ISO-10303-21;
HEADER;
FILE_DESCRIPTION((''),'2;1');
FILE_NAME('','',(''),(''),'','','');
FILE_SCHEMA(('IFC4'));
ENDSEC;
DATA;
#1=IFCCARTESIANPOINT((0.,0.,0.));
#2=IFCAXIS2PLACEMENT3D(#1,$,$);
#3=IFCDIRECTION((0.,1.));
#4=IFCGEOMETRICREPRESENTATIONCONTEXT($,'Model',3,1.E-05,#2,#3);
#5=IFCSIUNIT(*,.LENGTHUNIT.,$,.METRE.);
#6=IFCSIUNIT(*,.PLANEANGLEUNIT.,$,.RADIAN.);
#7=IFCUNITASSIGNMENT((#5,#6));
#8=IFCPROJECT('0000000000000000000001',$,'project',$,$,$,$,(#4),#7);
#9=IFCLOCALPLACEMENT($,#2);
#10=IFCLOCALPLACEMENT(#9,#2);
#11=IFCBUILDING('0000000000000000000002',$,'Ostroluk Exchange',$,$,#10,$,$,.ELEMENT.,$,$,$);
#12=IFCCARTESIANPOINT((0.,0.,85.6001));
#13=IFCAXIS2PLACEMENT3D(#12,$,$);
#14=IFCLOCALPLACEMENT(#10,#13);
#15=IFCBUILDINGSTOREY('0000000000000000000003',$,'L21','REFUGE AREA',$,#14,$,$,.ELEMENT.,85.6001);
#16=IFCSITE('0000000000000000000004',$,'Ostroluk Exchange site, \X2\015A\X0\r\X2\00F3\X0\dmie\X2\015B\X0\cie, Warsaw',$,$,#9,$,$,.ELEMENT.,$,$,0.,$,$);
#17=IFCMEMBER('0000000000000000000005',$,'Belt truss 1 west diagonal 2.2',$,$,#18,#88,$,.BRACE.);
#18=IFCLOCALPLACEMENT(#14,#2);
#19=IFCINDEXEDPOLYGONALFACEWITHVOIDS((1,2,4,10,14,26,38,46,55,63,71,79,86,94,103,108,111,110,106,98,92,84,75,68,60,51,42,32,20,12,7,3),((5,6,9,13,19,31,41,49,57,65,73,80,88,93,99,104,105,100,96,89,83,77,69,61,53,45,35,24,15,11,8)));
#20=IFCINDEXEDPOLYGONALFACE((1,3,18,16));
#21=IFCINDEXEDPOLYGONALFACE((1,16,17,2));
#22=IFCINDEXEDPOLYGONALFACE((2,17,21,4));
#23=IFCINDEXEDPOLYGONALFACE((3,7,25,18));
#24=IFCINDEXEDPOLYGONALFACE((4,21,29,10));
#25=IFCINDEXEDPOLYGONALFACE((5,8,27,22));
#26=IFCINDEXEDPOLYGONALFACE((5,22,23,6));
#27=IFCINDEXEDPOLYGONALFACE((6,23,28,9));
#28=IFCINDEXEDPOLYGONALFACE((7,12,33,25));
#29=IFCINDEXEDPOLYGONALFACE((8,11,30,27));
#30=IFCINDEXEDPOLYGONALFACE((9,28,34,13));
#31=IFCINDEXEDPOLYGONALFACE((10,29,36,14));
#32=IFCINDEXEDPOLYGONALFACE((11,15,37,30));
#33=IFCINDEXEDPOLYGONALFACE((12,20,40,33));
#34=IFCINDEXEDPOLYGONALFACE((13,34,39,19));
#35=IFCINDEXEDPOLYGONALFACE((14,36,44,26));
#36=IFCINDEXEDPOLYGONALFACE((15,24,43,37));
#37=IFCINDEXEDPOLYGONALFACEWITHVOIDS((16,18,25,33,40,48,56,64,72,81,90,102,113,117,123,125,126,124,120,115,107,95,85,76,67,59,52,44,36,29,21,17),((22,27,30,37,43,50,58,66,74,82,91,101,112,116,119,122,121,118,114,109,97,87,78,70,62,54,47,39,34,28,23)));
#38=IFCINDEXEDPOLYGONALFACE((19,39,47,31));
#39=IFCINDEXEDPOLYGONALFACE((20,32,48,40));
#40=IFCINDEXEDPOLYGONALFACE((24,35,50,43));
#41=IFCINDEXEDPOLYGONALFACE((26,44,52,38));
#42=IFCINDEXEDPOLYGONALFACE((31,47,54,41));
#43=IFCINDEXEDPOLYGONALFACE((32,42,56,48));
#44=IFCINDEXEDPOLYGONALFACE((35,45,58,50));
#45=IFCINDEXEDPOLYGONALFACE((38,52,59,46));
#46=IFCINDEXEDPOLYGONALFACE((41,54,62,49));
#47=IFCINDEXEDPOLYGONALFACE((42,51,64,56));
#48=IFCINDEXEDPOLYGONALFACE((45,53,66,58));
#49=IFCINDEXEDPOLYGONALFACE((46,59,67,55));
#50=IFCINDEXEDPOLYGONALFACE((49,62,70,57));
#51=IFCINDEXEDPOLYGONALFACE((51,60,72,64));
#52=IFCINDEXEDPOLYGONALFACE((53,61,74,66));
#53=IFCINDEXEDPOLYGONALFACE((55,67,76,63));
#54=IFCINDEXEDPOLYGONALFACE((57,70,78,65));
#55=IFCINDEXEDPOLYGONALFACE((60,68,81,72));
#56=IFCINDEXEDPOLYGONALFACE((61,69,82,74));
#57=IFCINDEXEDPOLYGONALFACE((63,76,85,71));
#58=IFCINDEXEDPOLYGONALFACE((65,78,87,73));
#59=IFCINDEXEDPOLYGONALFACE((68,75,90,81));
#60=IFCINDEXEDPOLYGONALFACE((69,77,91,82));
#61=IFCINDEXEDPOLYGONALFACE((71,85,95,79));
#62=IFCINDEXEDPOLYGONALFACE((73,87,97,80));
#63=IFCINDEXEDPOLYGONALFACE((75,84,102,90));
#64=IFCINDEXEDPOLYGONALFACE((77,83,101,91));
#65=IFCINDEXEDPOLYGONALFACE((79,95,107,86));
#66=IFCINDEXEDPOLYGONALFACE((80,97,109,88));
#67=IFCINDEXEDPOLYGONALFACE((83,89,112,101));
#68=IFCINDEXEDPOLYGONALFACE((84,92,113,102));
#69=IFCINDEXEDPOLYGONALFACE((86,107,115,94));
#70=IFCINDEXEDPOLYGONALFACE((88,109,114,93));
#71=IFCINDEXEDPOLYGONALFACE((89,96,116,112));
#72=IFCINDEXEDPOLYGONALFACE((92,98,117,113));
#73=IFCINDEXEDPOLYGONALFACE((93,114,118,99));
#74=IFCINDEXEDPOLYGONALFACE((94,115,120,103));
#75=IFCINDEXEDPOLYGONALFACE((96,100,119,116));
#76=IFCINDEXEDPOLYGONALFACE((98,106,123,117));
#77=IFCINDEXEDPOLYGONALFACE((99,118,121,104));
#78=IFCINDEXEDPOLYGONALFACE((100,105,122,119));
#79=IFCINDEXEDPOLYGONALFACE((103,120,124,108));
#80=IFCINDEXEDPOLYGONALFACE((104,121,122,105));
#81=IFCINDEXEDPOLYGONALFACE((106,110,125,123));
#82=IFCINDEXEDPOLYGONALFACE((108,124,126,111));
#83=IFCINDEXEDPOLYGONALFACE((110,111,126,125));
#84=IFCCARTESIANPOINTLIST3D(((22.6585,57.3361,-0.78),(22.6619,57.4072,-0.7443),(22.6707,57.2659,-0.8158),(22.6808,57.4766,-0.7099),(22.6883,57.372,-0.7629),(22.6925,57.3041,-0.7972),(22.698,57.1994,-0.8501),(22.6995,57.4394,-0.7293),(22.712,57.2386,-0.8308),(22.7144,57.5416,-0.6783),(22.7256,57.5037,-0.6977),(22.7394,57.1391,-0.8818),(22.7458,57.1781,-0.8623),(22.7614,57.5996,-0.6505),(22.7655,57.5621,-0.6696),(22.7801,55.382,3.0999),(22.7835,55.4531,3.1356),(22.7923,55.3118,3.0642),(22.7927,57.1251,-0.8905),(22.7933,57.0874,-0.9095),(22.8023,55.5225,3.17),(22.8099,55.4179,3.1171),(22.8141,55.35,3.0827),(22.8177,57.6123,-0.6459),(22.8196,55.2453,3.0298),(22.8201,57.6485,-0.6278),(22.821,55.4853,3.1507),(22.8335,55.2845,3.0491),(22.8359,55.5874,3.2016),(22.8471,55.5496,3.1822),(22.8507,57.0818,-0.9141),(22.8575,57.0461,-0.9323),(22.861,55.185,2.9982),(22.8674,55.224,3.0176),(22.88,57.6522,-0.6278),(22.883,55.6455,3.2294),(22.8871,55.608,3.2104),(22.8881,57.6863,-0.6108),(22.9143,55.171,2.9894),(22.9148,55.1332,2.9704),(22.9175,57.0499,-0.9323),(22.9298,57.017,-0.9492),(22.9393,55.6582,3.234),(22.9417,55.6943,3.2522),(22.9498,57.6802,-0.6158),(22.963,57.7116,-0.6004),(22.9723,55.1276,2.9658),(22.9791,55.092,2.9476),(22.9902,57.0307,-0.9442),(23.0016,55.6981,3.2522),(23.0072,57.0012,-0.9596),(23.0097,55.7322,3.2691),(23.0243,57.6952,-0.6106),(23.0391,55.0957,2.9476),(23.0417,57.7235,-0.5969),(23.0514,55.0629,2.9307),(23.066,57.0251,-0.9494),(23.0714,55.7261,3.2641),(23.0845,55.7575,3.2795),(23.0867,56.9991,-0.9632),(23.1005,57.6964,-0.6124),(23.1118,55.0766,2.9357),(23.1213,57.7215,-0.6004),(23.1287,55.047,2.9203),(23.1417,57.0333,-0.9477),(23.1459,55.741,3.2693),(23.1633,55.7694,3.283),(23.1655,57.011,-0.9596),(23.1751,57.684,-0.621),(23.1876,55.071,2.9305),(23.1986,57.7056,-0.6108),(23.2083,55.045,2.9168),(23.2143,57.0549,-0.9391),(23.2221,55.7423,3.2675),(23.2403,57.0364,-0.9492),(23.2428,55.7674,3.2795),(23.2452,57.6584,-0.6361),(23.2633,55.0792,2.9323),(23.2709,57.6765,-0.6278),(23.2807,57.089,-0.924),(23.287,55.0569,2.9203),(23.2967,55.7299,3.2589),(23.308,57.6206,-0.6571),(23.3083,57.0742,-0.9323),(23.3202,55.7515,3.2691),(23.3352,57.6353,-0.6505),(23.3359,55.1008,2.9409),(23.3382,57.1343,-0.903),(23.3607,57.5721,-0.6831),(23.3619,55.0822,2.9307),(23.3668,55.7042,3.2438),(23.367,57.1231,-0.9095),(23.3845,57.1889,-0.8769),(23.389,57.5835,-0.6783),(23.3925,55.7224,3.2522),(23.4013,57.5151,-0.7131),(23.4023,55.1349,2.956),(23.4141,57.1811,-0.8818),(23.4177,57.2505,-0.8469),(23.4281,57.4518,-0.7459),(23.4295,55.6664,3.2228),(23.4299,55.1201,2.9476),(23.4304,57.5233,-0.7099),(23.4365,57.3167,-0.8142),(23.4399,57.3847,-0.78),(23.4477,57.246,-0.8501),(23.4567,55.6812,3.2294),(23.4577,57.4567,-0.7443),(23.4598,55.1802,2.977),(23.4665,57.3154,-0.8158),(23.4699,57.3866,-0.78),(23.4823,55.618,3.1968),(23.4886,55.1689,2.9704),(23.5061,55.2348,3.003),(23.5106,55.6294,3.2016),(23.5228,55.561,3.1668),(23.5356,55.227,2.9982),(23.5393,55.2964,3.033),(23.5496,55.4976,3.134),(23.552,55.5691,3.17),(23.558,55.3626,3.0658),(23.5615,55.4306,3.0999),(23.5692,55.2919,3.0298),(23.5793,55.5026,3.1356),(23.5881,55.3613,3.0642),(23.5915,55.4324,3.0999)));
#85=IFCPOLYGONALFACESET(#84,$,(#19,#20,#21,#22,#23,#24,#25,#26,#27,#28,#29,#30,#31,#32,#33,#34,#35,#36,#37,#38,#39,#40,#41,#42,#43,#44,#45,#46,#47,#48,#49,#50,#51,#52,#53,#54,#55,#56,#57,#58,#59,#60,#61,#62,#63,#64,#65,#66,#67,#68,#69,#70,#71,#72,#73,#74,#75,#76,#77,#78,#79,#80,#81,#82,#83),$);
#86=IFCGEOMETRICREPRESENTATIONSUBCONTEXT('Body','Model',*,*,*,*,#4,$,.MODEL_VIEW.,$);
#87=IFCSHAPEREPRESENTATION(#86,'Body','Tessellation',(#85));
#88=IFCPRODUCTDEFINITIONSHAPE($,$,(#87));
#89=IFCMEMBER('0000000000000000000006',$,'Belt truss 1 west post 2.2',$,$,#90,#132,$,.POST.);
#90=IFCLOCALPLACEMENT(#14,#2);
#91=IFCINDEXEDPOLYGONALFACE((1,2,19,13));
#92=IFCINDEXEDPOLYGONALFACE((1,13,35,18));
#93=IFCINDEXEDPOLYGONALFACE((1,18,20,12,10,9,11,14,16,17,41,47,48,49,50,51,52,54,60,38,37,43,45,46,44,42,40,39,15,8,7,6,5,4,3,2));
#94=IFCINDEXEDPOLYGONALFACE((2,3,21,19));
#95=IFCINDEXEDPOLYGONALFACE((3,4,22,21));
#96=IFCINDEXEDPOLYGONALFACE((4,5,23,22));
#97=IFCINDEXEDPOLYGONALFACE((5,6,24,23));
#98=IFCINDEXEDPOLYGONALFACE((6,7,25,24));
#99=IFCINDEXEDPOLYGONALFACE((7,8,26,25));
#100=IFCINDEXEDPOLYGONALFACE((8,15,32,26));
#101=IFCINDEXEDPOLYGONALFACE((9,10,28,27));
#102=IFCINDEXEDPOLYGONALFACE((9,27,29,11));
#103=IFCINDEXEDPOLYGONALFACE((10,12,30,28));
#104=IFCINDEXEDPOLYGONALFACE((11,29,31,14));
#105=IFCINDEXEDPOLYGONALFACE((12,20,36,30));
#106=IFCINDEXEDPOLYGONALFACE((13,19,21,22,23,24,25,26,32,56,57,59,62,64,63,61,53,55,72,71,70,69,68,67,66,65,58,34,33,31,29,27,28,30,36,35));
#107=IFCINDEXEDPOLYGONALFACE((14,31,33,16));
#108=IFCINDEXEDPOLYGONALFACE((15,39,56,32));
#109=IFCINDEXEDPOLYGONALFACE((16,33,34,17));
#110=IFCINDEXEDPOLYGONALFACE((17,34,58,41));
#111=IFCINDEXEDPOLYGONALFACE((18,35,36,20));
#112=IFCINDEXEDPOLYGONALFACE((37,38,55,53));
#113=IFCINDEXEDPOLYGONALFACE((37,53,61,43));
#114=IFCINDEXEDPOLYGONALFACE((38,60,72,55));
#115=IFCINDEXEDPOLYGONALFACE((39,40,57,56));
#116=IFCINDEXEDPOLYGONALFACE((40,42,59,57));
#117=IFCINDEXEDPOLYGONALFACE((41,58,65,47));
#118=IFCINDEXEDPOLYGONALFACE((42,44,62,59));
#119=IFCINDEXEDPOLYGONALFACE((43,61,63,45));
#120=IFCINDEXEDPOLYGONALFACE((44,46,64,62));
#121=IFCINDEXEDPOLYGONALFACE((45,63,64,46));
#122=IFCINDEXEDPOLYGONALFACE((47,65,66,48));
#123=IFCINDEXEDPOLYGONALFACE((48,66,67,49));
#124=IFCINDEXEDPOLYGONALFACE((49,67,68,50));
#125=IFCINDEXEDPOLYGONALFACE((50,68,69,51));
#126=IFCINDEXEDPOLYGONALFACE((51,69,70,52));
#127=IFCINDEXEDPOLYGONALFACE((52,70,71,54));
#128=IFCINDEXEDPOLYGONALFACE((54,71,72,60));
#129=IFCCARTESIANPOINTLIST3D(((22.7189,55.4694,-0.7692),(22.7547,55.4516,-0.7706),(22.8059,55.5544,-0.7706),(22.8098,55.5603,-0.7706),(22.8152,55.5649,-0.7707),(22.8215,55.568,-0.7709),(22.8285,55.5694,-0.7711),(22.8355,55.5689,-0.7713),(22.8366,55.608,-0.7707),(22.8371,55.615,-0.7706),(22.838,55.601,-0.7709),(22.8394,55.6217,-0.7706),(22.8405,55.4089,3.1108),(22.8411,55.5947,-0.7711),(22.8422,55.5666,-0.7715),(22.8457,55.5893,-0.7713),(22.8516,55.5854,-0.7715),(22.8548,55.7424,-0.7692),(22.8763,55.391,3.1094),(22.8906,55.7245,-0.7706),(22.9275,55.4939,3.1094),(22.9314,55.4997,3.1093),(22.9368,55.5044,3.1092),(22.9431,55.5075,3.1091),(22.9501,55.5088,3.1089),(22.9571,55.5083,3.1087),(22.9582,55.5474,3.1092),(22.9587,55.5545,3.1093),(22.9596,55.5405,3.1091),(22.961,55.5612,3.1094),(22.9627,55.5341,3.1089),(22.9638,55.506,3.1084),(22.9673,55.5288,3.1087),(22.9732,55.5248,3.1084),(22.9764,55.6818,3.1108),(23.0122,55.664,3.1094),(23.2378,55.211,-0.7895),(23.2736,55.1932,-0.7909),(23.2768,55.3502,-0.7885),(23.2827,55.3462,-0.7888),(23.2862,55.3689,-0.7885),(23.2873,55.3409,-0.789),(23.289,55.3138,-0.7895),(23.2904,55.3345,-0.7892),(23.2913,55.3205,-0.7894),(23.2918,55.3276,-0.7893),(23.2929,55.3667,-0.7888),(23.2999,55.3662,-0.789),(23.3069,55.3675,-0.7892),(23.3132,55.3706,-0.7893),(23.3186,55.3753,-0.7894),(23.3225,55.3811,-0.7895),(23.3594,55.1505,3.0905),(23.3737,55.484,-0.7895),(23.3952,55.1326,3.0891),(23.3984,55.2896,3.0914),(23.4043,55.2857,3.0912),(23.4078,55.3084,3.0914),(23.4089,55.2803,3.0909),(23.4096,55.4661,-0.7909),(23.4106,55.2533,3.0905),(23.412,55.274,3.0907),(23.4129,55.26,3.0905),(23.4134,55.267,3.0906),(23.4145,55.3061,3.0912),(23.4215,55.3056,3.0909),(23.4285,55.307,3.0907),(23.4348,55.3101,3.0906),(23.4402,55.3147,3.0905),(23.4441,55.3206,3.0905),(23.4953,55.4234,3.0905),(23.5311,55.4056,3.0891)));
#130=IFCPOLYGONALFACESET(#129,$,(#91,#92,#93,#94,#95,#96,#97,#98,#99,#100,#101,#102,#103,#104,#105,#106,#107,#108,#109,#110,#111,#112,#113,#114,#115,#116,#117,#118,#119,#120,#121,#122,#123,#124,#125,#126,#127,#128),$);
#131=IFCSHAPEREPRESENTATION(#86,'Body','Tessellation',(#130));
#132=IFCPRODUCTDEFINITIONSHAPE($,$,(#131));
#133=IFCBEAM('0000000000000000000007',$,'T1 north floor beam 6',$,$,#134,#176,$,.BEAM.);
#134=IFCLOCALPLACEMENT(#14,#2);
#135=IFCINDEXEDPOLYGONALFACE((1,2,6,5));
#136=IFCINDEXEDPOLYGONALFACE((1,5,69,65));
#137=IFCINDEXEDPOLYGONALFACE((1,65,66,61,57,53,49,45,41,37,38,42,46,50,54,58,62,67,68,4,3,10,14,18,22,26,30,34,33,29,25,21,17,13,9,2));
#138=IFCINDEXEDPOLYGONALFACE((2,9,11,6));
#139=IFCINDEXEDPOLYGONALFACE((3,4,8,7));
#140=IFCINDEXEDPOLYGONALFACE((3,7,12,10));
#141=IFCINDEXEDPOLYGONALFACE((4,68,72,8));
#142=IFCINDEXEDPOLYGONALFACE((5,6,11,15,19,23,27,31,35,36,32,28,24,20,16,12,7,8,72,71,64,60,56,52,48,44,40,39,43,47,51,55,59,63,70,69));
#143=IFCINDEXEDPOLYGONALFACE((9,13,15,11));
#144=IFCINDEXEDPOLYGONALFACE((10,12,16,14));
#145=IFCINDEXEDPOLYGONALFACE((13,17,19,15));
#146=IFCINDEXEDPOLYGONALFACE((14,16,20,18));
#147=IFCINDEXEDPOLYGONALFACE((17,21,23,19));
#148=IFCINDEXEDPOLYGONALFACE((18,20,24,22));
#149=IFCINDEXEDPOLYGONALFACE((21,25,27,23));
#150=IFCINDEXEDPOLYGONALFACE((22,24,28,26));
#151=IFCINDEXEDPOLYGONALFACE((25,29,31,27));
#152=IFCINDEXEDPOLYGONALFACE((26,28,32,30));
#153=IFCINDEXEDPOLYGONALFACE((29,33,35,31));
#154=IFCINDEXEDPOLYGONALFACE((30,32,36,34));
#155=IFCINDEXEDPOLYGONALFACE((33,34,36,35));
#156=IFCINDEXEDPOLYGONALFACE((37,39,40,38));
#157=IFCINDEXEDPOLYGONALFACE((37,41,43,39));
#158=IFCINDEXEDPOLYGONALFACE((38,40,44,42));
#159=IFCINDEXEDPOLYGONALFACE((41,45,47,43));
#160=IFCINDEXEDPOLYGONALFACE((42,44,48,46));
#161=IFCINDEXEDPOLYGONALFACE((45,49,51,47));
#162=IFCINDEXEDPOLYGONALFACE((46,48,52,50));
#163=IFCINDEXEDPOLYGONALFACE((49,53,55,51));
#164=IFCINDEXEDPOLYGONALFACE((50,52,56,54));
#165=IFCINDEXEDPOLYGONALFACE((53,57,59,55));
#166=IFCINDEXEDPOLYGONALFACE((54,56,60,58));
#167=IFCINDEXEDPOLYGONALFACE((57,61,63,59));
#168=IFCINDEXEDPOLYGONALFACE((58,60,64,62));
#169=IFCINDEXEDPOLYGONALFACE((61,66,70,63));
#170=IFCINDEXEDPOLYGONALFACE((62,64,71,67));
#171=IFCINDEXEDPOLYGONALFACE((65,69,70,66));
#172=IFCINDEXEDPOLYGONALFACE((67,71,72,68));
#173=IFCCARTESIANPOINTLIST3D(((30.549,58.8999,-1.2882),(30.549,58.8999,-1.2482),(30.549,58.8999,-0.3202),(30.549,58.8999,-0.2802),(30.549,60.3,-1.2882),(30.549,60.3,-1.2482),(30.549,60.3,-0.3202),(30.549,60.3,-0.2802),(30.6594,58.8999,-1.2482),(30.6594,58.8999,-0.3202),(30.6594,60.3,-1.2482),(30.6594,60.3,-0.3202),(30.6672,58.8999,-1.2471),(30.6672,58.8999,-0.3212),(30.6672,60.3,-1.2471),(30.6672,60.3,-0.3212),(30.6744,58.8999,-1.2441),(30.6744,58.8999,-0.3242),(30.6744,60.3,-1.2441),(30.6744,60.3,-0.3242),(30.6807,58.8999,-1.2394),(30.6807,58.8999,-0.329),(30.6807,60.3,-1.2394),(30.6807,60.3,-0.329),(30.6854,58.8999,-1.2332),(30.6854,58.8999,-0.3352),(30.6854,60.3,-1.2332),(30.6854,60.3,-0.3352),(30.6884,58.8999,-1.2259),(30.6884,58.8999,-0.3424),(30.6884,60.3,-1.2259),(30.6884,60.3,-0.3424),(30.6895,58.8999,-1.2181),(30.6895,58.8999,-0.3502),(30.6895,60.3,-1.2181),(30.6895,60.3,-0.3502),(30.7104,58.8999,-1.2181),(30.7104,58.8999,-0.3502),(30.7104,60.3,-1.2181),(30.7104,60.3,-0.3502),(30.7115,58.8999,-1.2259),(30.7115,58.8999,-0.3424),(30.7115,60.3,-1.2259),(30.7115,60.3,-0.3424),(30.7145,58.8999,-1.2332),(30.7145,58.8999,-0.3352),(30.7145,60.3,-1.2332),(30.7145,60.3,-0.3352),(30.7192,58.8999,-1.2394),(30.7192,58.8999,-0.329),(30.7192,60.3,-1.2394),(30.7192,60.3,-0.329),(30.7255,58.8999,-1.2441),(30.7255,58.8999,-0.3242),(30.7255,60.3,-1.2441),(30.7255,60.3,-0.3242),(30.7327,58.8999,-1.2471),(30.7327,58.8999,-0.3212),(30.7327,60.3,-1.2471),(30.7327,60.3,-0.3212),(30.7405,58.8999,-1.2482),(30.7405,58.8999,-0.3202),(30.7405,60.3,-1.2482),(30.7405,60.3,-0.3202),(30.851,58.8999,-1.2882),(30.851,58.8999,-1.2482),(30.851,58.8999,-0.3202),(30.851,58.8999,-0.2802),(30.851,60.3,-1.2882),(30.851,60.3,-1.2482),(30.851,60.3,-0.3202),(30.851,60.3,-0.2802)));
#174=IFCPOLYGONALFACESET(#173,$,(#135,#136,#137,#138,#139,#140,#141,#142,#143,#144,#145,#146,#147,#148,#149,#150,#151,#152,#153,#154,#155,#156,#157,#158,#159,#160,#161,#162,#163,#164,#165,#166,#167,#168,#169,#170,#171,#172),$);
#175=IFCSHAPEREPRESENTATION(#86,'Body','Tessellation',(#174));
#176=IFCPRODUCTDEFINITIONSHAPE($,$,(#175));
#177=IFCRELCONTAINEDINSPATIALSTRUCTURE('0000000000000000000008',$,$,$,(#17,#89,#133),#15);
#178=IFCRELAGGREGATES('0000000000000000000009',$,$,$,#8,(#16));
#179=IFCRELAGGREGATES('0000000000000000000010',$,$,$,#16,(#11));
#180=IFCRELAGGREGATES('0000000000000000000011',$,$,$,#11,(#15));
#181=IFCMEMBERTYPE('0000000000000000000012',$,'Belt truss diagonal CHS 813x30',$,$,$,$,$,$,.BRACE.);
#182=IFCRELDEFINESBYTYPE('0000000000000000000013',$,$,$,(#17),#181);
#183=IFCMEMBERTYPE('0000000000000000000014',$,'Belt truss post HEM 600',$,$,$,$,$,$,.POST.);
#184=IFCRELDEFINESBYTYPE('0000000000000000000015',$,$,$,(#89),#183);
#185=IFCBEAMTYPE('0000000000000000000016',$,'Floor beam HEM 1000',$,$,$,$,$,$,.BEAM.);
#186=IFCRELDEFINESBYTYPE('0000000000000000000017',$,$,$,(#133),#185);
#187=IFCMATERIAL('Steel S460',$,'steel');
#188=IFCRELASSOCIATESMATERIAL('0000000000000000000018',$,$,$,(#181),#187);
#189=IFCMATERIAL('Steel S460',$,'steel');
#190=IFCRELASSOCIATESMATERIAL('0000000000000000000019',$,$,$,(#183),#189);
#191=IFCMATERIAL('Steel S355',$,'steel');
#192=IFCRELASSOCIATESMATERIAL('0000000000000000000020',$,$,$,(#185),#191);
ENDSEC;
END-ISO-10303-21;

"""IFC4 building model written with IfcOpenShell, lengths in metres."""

from ifc_helpers import new_model, si_unit, direction, frame, origin, origin_2d, place, context, subcontext, project, spatial, hollow_circle, i_section, extrude, material, material_profile, profile_set, type_object, element, save


model = new_model("IFC4")

# Units and contexts
model_context = context("Model", 3, precision=1e-05, world=origin(), true_north=direction((0.0, 1.0)))
body_context = subcontext(model_context, "Body", "Model", "MODEL_VIEW")
ifc_project = project(units=[si_unit("LENGTHUNIT", "METRE"), si_unit("PLANEANGLEUNIT", "RADIAN")], contexts=[model_context])

# Site, building, storey
site_placement = place(None, origin())
site = spatial("IfcSite", under=ifc_project, at=site_placement, Name="Ostroluk Exchange site, Śródmieście, Warsaw", CompositionType="ELEMENT", RefElevation=0.0)
building_placement = place(site_placement, origin())
building = spatial("IfcBuilding", under=site, at=building_placement, Name="Ostroluk Exchange", CompositionType="ELEMENT")
storey_placement = place(building_placement, frame((0.0, 0.0, 85.6001)))
storey = spatial("IfcBuildingStorey", under=building, at=storey_placement, Name="L21", Description="REFUGE AREA", CompositionType="ELEMENT", Elevation=85.6001)

# Members
ifc_material_1 = material(Name="Steel S460", Category="steel")
ifc_material_profile_1 = material_profile(ifc_material_1, hollow_circle(Radius=0.4065, WallThickness=0.03, at=origin_2d()), Name="CHS 813x30")
ifc_profile_set_1 = profile_set([ifc_material_profile_1], Name="Steel S460")
member_type_1 = type_object("IfcMemberType", Name="Belt truss diagonal CHS 813x30", PredefinedType="BRACE", material=ifc_profile_set_1)
member_1_placement = place(storey_placement, frame((23.0642, 57.3613, -0.78), z_axis=(0.027976, -0.449643, 0.89277), x_axis=(0.99807, 0.062099, 0.0)))
element("IfcMember", 1, at=member_1_placement, inside=storey, type_object=member_type_1, Name="Belt truss 1 west diagonal 2.2", PredefinedType="BRACE", context=body_context, shape_type="SweptSolid", body=[
    extrude(hollow_circle(Radius=0.4065, WallThickness=0.03, at=origin_2d()), origin(), (0.0, 0.0, 1.0), 4.3459),
])
ifc_material_2 = material(Name="Steel S460", Category="steel")
ifc_material_profile_2 = material_profile(ifc_material_2, i_section(OverallWidth=0.3049, OverallDepth=0.6201, WebThickness=0.021, FlangeThickness=0.04, FilletRadius=0.0271, at=origin_2d()), Name="HEM 600")
ifc_profile_set_2 = profile_set([ifc_material_profile_2], Name="Steel S460")
member_type_2 = type_object("IfcMemberType", Name="Belt truss post HEM 600", PredefinedType="POST", material=ifc_profile_set_2)
member_2_placement = place(storey_placement, frame((23.0642, 55.4678, -0.78), z_axis=(0.031317, -0.015596, 0.999388), x_axis=(0.445775, 0.895145, 0.0)))
element("IfcMember", 2, at=member_2_placement, inside=storey, type_object=member_type_2, Name="Belt truss 1 west post 2.2", PredefinedType="POST", context=body_context, shape_type="SweptSolid", body=[
    extrude(i_section(OverallWidth=0.3049, OverallDepth=0.6201, WebThickness=0.021, FlangeThickness=0.04, FilletRadius=0.0271, at=origin_2d()), origin(), (0.0, 0.0, 1.0), 3.8823),
])

# Beam
ifc_material_3 = material(Name="Steel S355", Category="steel")
ifc_material_profile_3 = material_profile(ifc_material_3, i_section(OverallWidth=0.302, OverallDepth=1.0081, WebThickness=0.021, FlangeThickness=0.04, FilletRadius=0.03, at=origin_2d()), Name="HEM 1000")
ifc_profile_set_3 = profile_set([ifc_material_profile_3], Name="Steel S355")
beam_type_1 = type_object("IfcBeamType", Name="Floor beam HEM 1000", PredefinedType="BEAM", material=ifc_profile_set_3)
beam_1_placement = place(storey_placement, frame((30.7, 58.8999, -0.7842), z_axis=(0.0, 1.0, 0.0), x_axis=(-1.0, 0.0, 0.0)))
element("IfcBeam", 3, at=beam_1_placement, inside=storey, type_object=beam_type_1, Name="T1 north floor beam 6", PredefinedType="BEAM", context=body_context, shape_type="SweptSolid", body=[
    extrude(i_section(OverallWidth=0.302, OverallDepth=1.0081, WebThickness=0.021, FlangeThickness=0.04, FilletRadius=0.03, at=origin_2d()), origin(), (0.0, 0.0, 1.0), 1.4001),
])

save(model, "model.ifc")
